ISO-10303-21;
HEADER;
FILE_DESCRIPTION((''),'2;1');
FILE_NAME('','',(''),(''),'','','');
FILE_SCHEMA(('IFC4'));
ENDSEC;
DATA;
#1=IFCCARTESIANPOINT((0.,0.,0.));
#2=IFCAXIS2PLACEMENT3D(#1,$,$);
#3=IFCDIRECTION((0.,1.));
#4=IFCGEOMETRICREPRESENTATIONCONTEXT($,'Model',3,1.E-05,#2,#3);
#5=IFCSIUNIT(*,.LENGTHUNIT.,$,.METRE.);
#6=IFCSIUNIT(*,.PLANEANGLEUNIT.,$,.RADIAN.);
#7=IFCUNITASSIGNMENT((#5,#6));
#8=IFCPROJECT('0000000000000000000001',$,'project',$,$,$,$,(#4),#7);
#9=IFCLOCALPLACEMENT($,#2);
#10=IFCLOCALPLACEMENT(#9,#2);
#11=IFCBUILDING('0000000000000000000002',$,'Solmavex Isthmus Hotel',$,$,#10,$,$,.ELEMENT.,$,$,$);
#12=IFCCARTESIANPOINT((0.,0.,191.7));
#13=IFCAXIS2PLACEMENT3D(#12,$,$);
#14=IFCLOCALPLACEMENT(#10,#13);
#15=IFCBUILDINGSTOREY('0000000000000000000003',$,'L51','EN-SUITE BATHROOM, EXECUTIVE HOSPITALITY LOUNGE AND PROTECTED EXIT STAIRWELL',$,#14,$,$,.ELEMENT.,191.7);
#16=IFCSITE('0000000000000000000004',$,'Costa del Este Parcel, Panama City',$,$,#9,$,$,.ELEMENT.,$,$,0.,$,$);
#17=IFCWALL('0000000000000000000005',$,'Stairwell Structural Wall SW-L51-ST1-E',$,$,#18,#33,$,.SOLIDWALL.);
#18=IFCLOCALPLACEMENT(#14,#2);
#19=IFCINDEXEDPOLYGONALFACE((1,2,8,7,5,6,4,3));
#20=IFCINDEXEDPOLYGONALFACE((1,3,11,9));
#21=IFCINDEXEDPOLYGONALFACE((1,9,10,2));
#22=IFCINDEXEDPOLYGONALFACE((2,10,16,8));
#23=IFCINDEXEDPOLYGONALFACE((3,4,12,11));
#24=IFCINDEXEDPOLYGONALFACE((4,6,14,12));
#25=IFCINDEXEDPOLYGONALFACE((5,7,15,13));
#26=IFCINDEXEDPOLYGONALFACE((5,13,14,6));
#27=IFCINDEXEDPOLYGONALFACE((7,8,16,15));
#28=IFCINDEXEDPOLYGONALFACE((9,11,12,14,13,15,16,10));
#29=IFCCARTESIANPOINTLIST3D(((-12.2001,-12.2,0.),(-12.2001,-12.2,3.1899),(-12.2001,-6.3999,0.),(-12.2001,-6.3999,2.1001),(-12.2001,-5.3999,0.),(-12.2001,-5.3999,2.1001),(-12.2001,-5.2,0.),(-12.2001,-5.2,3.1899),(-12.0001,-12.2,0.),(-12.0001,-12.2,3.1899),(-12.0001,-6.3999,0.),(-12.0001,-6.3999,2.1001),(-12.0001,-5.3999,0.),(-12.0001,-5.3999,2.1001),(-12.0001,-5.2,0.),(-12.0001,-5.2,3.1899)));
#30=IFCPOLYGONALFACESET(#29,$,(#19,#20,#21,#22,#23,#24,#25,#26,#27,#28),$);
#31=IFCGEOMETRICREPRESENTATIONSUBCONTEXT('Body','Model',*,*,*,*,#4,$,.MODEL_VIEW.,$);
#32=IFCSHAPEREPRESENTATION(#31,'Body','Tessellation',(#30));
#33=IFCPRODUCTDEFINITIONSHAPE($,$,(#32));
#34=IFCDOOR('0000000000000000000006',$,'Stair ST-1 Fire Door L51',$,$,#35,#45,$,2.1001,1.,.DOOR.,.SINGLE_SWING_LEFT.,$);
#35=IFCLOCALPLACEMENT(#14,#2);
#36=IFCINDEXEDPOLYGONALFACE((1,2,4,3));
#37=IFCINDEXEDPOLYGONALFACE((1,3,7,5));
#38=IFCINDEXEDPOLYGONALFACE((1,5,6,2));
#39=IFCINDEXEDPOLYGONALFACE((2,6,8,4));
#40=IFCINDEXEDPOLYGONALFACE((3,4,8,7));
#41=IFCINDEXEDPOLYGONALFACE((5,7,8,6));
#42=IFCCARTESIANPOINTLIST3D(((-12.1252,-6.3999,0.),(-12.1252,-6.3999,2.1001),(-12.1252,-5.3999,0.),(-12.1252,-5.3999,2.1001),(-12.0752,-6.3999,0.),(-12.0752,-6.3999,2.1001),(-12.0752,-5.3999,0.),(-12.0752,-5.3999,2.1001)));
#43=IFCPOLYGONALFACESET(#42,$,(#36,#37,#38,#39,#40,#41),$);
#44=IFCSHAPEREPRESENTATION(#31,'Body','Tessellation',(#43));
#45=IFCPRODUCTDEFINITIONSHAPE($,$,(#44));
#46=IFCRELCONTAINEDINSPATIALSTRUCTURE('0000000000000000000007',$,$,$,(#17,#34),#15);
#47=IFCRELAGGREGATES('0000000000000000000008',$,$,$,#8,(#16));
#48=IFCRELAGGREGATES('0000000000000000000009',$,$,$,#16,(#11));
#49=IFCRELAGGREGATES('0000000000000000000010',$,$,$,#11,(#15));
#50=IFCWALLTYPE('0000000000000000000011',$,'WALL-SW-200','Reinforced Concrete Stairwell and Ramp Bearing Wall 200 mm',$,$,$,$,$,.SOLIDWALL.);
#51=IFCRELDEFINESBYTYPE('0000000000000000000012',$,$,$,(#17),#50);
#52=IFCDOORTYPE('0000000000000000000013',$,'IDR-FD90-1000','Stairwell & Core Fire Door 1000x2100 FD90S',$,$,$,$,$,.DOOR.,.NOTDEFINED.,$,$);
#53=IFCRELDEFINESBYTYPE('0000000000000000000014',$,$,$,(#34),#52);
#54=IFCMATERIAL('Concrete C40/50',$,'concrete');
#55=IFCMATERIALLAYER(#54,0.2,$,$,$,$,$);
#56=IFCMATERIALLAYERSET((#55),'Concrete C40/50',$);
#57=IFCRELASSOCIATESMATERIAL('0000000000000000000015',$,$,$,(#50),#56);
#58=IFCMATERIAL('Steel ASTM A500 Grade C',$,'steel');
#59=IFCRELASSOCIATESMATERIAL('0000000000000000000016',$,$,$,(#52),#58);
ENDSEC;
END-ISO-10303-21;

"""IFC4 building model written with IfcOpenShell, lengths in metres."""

from ifc_helpers import new_model, si_unit, direction, frame, frame_2d, origin, place, context, subcontext, project, spatial, rectangle, extrude, material, layer, layer_set, type_object, element, fill, save


model = new_model("IFC4")

# Units and contexts
model_context = context("Model", 3, precision=1e-05, world=origin(), true_north=direction((0.0, 1.0)))
body_context = subcontext(model_context, "Body", "Model", "MODEL_VIEW")
ifc_project = project(units=[si_unit("LENGTHUNIT", "METRE"), si_unit("PLANEANGLEUNIT", "RADIAN")], contexts=[model_context])

# Site, building, storey
site_placement = place(None, origin())
site = spatial("IfcSite", under=ifc_project, at=site_placement, Name="Costa del Este Parcel, Panama City", CompositionType="ELEMENT", RefElevation=0.0)
building_placement = place(site_placement, origin())
building = spatial("IfcBuilding", under=site, at=building_placement, Name="Solmavex Isthmus Hotel", CompositionType="ELEMENT")
storey_placement = place(building_placement, frame((0.0, 0.0, 191.7)))
storey = spatial("IfcBuildingStorey", under=building, at=storey_placement, Name="L51", Description="EN-SUITE BATHROOM, EXECUTIVE HOSPITALITY LOUNGE AND PROTECTED EXIT STAIRWELL", CompositionType="ELEMENT", Elevation=191.7)

# Shared definitions
ifc_material_1 = material(Name="Concrete C40/50", Category="concrete")

# Wall, opening, door
ifc_layer_1 = layer(ifc_material_1, 0.2)
ifc_layer_set_1 = layer_set([ifc_layer_1], Name="Concrete C40/50")
wall_type_1 = type_object("IfcWallType", Name="WALL-SW-200", Description="Reinforced Concrete Stairwell and Ramp Bearing Wall 200 mm", PredefinedType="SOLIDWALL", material=ifc_layer_set_1)
wall_1_placement = place(storey_placement, frame((-12.1001, -12.2, 0.0), z_axis=(0.0, 0.0, 1.0), x_axis=(0.0, 1.0, 0.0)))
wall_1 = element("IfcWall", 1, at=wall_1_placement, inside=storey, type_object=wall_type_1, Name="Stairwell Structural Wall SW-L51-ST1-E", PredefinedType="SOLIDWALL", context=body_context, shape_type="SweptSolid", body=[
    extrude(rectangle(XDim=7.0, YDim=0.2, at=frame_2d((3.5, 0.0))), origin(), (0.0, 0.0, 1.0), 3.1899),
])
opening_placement = place(wall_1_placement, frame((5.8, 0.0, 0.0)))
opening = element("IfcOpeningElement", 2, at=opening_placement, cuts=wall_1, PredefinedType="OPENING", context=body_context, shape_type="SweptSolid", body=[
    extrude(rectangle(XDim=1.0, YDim=2.1001, at=frame_2d((0.5, 1.05))), frame((0.0, 0.1099, 0.0), z_axis=(0.0, -1.0, 0.0), x_axis=(1.0, 0.0, 0.0)), (0.0, 0.0, 1.0), 0.22),
])
ifc_material_2 = material(Name="Steel ASTM A500 Grade C", Category="steel")
door_type = type_object("IfcDoorType", Name="IDR-FD90-1000", Description="Stairwell & Core Fire Door 1000x2100 FD90S", OperationType="NOTDEFINED", PredefinedType="DOOR", material=ifc_material_2)
door_placement = place(opening_placement, frame((1.0, 0.0, 0.0), z_axis=(0.0, 0.0, 1.0), x_axis=(-1.0, 0.0, 0.0)))
door = element("IfcDoor", 3, at=door_placement, inside=storey, type_object=door_type, Name="Stair ST-1 Fire Door L51", OperationType="SINGLE_SWING_LEFT", OverallHeight=2.1001, OverallWidth=1.0, PredefinedType="DOOR", context=body_context, shape_type="SweptSolid", body=[
    extrude(rectangle(XDim=1.0, YDim=2.1001, at=frame_2d((0.5, 1.05))), frame((0.0, 0.0249, 0.0), z_axis=(0.0, -1.0, 0.0), x_axis=(1.0, 0.0, 0.0)), (0.0, 0.0, 1.0), 0.05),
])
fill(opening, door)

save(model, "model.ifc")
